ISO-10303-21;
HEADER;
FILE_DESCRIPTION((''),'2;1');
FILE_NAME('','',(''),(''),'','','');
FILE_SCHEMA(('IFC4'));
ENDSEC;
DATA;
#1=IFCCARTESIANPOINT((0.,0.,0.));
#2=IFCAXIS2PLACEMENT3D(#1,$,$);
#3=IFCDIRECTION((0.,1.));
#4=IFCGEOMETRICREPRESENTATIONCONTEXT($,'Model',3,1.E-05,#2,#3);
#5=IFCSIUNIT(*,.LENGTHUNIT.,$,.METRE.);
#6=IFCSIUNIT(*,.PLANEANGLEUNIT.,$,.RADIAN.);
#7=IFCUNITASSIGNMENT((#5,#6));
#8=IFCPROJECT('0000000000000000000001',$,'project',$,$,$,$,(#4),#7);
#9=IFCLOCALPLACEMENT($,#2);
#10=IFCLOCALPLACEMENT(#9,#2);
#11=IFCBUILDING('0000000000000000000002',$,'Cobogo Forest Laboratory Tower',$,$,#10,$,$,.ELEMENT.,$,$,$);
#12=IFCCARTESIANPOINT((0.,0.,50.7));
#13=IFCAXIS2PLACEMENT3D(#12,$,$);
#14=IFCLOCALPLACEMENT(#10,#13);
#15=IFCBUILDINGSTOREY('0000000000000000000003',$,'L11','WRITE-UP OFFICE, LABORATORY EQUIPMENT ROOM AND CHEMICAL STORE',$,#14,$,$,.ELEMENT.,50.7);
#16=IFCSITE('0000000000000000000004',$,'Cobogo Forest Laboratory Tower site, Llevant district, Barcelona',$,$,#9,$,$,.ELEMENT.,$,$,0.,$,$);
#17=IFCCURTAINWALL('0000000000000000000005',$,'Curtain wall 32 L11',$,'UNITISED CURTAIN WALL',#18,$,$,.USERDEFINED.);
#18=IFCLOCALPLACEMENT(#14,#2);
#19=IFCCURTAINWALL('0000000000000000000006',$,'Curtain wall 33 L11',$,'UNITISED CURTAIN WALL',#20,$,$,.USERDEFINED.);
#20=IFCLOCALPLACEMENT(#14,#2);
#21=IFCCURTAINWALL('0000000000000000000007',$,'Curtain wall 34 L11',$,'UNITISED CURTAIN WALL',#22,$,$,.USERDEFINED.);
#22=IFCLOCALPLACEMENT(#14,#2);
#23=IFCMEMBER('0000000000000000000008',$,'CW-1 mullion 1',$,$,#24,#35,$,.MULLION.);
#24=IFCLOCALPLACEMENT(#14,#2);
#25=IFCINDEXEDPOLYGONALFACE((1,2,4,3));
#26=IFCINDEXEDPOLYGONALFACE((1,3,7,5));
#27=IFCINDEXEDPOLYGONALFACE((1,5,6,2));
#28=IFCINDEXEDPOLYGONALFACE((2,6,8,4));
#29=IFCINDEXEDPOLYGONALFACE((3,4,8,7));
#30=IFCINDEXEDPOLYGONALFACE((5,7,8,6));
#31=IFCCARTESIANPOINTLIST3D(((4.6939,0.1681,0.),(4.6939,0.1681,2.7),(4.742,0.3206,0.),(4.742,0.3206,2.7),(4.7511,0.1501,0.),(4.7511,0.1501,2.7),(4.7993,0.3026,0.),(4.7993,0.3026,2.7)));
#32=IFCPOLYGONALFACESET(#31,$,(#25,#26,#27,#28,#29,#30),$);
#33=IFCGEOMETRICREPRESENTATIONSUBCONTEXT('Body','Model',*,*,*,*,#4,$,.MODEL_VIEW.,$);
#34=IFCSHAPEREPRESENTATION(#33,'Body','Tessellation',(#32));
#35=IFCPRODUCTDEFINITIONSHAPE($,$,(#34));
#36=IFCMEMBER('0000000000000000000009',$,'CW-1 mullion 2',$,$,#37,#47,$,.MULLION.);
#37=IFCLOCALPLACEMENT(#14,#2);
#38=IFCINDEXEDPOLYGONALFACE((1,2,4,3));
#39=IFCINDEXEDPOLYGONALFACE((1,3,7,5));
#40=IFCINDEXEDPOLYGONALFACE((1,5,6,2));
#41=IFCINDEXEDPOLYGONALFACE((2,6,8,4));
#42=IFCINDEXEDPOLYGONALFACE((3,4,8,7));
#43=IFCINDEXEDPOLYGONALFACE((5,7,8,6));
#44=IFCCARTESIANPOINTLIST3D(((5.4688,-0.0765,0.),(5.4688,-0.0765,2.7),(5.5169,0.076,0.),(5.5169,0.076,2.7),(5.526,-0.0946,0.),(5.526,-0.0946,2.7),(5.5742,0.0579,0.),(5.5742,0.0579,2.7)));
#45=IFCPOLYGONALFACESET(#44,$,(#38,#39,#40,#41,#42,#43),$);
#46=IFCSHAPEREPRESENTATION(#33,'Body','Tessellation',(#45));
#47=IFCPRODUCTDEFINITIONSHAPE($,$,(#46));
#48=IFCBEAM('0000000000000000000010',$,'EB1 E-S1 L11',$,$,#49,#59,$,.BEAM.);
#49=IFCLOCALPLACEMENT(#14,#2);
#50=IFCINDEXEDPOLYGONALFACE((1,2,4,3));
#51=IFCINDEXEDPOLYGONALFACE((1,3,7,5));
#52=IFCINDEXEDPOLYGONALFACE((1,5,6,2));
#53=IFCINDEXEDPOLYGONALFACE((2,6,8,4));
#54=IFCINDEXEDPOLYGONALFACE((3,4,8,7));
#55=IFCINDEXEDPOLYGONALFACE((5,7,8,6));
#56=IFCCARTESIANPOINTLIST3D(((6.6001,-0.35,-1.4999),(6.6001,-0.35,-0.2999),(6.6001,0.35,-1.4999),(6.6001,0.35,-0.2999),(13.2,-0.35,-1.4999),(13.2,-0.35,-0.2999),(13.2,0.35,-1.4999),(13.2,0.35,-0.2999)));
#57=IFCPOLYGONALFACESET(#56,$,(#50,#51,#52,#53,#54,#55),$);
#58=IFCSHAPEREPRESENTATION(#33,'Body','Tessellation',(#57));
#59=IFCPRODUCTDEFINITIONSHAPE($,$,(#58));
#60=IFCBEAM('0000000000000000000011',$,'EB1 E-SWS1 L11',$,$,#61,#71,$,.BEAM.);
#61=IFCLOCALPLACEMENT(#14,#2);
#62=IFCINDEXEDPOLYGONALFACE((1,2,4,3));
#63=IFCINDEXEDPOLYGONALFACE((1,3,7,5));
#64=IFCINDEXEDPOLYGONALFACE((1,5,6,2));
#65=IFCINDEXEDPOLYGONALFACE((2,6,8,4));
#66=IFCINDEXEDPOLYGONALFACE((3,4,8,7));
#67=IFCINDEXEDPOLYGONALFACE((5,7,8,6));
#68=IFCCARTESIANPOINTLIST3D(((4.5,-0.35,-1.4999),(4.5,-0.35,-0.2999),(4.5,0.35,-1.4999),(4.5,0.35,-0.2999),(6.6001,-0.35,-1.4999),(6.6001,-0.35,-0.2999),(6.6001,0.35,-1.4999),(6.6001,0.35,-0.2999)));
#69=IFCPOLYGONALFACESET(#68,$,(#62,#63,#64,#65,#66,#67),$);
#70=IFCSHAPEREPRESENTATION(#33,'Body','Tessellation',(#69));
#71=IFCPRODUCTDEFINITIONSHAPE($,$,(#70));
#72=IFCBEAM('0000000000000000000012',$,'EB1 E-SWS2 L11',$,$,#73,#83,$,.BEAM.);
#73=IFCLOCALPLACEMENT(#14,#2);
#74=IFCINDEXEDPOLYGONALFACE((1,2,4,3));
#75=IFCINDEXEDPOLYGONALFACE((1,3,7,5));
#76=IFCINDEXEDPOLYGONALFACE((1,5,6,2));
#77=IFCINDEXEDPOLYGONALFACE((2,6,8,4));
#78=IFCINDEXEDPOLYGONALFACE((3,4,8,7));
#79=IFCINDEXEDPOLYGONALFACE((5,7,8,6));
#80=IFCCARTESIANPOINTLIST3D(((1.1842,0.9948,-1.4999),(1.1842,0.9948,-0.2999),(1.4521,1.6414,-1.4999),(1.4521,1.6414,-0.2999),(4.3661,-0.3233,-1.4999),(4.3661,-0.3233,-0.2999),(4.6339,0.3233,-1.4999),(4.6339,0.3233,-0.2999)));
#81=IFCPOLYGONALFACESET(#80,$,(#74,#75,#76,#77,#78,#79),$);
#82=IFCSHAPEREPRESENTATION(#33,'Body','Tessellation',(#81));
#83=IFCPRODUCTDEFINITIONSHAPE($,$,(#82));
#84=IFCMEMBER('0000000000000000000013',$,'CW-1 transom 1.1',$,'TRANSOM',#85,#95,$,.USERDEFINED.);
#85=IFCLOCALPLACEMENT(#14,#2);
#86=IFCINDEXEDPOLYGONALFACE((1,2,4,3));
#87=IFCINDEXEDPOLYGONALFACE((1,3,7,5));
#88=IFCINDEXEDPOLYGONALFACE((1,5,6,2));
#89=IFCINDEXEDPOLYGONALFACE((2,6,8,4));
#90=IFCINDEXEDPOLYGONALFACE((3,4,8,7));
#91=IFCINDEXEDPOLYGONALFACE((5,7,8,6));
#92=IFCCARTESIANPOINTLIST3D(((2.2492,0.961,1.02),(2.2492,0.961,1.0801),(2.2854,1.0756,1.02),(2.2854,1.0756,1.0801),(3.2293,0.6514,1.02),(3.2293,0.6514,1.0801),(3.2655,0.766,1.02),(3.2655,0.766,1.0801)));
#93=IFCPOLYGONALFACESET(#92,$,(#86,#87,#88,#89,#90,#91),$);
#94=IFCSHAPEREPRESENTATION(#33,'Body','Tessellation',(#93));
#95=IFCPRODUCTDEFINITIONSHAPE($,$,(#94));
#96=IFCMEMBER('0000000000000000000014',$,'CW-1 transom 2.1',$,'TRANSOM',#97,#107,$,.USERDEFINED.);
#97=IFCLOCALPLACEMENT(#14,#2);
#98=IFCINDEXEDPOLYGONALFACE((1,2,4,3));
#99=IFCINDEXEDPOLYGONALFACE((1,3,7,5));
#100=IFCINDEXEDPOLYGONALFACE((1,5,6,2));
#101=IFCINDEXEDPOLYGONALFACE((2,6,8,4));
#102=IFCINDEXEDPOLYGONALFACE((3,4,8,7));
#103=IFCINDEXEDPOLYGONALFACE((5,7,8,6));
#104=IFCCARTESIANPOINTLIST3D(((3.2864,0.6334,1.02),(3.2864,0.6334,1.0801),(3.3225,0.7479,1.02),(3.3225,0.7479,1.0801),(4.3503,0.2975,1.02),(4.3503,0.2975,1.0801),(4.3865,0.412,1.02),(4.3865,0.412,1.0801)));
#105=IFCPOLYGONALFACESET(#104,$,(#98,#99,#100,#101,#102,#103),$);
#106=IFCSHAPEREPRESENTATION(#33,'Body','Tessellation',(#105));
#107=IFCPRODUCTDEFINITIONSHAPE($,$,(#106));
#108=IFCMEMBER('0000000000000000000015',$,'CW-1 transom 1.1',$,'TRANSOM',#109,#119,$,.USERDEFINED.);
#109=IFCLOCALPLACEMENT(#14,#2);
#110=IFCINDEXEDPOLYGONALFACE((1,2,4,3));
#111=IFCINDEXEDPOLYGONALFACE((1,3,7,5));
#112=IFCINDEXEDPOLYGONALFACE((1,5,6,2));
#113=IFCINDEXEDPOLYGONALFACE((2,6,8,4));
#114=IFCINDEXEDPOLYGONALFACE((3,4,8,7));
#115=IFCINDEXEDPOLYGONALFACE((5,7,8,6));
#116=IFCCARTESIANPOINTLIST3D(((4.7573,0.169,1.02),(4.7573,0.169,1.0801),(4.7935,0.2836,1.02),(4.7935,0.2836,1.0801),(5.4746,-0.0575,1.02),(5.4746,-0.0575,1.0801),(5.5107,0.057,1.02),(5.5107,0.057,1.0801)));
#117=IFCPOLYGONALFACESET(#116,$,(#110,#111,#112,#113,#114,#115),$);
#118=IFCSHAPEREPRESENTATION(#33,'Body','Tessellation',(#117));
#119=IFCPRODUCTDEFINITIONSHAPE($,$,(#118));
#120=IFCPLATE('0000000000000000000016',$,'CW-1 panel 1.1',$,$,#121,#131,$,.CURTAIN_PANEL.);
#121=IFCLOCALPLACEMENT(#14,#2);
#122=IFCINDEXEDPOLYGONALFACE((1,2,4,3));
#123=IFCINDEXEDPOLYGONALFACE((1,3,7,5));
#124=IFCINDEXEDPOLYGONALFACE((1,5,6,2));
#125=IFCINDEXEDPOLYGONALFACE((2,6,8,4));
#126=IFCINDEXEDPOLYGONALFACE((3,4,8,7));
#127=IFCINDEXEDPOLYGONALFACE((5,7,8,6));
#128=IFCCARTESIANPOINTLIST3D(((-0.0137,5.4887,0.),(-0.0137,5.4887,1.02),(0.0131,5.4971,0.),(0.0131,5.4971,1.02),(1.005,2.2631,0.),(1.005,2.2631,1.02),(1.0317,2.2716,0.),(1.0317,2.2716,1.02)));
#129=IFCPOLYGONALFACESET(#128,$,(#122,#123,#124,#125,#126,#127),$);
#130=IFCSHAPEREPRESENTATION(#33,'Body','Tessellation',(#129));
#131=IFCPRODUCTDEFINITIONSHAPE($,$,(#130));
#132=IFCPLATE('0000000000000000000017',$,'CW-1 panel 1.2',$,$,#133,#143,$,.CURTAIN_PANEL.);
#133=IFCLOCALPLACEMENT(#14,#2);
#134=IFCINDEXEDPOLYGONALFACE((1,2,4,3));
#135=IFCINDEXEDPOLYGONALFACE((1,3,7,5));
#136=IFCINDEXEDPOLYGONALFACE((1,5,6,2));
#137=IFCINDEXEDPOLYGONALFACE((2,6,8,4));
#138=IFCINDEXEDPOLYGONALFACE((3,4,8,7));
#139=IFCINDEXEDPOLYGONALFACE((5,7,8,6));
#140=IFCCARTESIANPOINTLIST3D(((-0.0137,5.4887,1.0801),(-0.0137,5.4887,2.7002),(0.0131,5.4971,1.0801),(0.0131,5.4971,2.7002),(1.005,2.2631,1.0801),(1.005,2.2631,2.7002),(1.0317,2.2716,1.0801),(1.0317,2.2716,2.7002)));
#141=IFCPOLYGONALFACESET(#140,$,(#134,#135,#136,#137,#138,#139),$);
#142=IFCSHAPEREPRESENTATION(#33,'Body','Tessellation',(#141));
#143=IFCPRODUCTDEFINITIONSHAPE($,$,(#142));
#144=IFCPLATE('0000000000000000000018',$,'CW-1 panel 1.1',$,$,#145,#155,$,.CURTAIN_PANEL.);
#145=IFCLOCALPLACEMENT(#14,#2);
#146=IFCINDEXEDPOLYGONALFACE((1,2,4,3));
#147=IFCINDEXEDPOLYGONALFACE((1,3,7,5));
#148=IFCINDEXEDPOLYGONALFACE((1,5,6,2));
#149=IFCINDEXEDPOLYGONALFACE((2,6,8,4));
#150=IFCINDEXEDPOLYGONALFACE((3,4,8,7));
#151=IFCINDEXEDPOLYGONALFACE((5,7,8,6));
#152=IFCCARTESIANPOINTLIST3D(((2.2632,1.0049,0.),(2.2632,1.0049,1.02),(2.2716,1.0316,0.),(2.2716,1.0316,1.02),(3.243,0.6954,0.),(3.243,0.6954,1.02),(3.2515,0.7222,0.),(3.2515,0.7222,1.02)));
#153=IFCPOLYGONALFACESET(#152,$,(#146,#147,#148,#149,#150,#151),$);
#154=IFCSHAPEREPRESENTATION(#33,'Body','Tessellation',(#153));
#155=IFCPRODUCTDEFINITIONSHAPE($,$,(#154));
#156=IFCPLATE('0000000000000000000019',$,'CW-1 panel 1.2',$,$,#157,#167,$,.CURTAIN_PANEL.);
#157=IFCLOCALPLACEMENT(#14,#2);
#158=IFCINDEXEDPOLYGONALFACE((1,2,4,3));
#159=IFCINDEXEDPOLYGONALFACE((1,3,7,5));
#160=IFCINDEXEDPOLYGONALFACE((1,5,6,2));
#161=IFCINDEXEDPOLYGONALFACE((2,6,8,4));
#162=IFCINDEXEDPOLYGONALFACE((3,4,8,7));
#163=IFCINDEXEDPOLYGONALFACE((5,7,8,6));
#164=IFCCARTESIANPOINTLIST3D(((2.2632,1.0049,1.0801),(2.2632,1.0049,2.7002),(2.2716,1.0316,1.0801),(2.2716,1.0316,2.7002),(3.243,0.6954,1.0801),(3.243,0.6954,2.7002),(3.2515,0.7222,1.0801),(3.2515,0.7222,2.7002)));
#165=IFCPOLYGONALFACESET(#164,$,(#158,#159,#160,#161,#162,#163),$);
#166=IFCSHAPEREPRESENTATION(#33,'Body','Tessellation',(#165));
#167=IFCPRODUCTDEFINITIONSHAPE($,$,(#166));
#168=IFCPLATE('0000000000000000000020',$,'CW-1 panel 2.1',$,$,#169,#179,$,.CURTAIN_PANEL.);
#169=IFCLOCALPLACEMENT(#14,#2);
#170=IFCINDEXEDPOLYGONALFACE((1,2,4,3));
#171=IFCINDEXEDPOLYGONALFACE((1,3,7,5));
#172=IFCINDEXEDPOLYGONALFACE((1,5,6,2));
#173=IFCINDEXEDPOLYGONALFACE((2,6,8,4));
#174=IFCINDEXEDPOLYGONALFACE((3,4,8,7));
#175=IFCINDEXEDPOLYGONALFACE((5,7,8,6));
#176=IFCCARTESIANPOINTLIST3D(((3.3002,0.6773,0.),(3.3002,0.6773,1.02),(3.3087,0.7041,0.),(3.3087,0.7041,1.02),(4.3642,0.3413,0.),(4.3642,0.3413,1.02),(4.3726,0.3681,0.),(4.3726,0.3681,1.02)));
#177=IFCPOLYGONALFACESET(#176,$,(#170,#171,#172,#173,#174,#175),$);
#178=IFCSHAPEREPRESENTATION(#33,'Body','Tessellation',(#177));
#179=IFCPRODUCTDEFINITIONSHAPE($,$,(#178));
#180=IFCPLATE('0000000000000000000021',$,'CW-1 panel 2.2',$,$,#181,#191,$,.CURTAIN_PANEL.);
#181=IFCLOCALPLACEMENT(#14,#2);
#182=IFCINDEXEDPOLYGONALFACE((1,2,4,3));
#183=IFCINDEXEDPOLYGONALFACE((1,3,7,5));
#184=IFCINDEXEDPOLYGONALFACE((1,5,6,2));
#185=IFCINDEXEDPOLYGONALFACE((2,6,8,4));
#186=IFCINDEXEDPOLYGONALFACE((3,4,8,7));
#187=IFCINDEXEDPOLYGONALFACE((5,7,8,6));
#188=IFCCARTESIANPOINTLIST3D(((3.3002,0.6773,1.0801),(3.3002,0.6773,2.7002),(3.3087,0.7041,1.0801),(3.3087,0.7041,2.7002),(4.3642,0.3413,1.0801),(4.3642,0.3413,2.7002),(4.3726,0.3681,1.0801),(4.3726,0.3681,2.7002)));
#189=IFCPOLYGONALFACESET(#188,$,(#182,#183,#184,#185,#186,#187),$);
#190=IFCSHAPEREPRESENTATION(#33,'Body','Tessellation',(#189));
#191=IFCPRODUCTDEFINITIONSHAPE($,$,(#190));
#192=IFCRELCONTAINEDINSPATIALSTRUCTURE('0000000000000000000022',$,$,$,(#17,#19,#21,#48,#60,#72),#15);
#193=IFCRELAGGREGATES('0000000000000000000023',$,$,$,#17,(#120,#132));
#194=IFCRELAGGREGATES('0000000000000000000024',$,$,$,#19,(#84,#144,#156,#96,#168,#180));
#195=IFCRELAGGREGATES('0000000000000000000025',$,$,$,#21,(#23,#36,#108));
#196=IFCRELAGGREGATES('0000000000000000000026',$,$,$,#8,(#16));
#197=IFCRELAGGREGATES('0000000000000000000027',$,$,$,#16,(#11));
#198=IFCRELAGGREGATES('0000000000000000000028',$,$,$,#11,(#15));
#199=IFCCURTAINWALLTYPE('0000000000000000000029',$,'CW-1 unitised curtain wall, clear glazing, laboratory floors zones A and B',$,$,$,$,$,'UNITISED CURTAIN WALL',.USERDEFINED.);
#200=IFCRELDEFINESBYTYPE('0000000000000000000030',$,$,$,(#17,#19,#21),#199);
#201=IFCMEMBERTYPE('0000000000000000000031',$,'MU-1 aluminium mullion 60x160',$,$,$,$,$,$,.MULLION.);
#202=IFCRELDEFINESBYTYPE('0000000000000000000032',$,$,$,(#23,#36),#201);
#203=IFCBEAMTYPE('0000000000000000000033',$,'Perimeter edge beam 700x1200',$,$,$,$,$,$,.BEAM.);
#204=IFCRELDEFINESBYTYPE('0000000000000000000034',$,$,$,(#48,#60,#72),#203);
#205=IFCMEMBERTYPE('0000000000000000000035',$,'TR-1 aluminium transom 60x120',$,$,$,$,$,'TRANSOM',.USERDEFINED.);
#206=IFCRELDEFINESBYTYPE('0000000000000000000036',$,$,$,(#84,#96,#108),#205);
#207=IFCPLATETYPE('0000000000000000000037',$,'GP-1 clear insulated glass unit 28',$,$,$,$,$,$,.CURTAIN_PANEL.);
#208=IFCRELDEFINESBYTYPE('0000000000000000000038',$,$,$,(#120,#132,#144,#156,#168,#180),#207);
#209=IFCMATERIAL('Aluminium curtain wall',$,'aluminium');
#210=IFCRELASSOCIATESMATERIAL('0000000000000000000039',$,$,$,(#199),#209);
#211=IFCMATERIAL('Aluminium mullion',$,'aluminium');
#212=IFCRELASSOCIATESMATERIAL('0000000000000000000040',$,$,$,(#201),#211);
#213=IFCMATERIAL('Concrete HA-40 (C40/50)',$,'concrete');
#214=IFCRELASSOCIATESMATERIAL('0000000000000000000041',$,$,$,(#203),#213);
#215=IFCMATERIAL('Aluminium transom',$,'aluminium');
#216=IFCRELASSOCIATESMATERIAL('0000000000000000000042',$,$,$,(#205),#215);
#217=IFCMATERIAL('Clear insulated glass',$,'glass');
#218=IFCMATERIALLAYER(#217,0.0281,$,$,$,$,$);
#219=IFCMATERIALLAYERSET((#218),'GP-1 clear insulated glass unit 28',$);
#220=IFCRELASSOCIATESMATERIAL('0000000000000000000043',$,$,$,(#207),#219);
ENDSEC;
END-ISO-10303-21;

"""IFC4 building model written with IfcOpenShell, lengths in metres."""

from ifc_helpers import new_model, si_unit, direction, frame, origin, origin_2d, place, context, subcontext, project, spatial, rectangle, extrude, material, layer, layer_set, material_profile, profile_set, type_object, element, aggregate, save


model = new_model("IFC4")

# Units and contexts
model_context = context("Model", 3, precision=1e-05, world=origin(), true_north=direction((0.0, 1.0)))
body_context = subcontext(model_context, "Body", "Model", "MODEL_VIEW")
ifc_project = project(units=[si_unit("LENGTHUNIT", "METRE"), si_unit("PLANEANGLEUNIT", "RADIAN")], contexts=[model_context])

# Site, building, storey
site_placement = place(None, origin())
site = spatial("IfcSite", under=ifc_project, at=site_placement, Name="Cobogo Forest Laboratory Tower site, Llevant district, Barcelona", CompositionType="ELEMENT", RefElevation=0.0)
building_placement = place(site_placement, origin())
building = spatial("IfcBuilding", under=site, at=building_placement, Name="Cobogo Forest Laboratory Tower", CompositionType="ELEMENT")
storey_placement = place(building_placement, frame((0.0, 0.0, 50.7)))
storey = spatial("IfcBuildingStorey", under=building, at=storey_placement, Name="L11", Description="WRITE-UP OFFICE, LABORATORY EQUIPMENT ROOM AND CHEMICAL STORE", CompositionType="ELEMENT", Elevation=50.7)

# Shared definitions
ifc_material_1 = material(Name="Concrete HA-40 (C40/50)", Category="concrete")

# Curtain wall
ifc_material_2 = material(Name="Aluminium curtain wall", Category="aluminium")
curtain_wall_type = type_object("IfcCurtainWallType", Name="CW-1 unitised curtain wall, clear glazing, laboratory floors zones A and B", ElementType="UNITISED CURTAIN WALL", PredefinedType="USERDEFINED", material=ifc_material_2)
curtain_wall_1_placement = place(storey_placement, origin())
curtain_wall_1 = element("IfcCurtainWall", 1, at=curtain_wall_1_placement, inside=storey, type_object=curtain_wall_type, Name="Curtain wall 32 L11", ObjectType="UNITISED CURTAIN WALL", PredefinedType="USERDEFINED")
ifc_material_3 = material(Name="Aluminium mullion", Category="aluminium")
ifc_material_profile_1 = material_profile(ifc_material_3, rectangle(XDim=0.0601, YDim=0.1599, at=origin_2d()), Name="AL 60x160")
ifc_profile_set_1 = profile_set([ifc_material_profile_1], Name="Aluminium mullion")
member_type_1 = type_object("IfcMemberType", Name="MU-1 aluminium mullion 60x160", PredefinedType="MULLION", material=ifc_profile_set_1)

# Curtain walls, members
curtain_wall_2_placement = place(storey_placement, origin())
curtain_wall_2 = element("IfcCurtainWall", 2, at=curtain_wall_2_placement, inside=storey, type_object=curtain_wall_type, Name="Curtain wall 33 L11", ObjectType="UNITISED CURTAIN WALL", PredefinedType="USERDEFINED")
curtain_wall_3_placement = place(storey_placement, origin())
curtain_wall_3 = element("IfcCurtainWall", 3, at=curtain_wall_3_placement, inside=storey, type_object=curtain_wall_type, Name="Curtain wall 34 L11", ObjectType="UNITISED CURTAIN WALL", PredefinedType="USERDEFINED")
member_1_placement = place(storey_placement, frame((4.7466, 0.2354, 0.0), z_axis=(0.0, 0.0, 1.0), x_axis=(0.953582, -0.301135, 0.0)))
member_1 = element("IfcMember", 4, at=member_1_placement, type_object=member_type_1, Name="CW-1 mullion 1", PredefinedType="MULLION", context=body_context, shape_type="SweptSolid", body=[
    extrude(rectangle(XDim=0.0601, YDim=0.1599, at=origin_2d()), origin(), (0.0, 0.0, 1.0), 2.7),
])
member_2_placement = place(storey_placement, frame((5.5215, -0.0093, 0.0), z_axis=(0.0, 0.0, 1.0), x_axis=(0.953582, -0.301135, 0.0)))
member_2 = element("IfcMember", 5, at=member_2_placement, type_object=member_type_1, Name="CW-1 mullion 2", PredefinedType="MULLION", context=body_context, shape_type="SweptSolid", body=[
    extrude(rectangle(XDim=0.0601, YDim=0.1599, at=origin_2d()), origin(), (0.0, 0.0, 1.0), 2.7),
])

# Beams
ifc_material_profile_2 = material_profile(ifc_material_1, rectangle(XDim=0.7, YDim=1.2, at=origin_2d()), Name="RC 700x1200")
ifc_profile_set_2 = profile_set([ifc_material_profile_2], Name="Concrete HA-40 (C40/50)")
beam_type_1 = type_object("IfcBeamType", Name="Perimeter edge beam 700x1200", PredefinedType="BEAM", material=ifc_profile_set_2)
beam_1_placement = place(storey_placement, frame((6.6001, 0.0, -0.8999), z_axis=(1.0, 0.0, 0.0), x_axis=(0.0, 1.0, 0.0)))
element("IfcBeam", 6, at=beam_1_placement, inside=storey, type_object=beam_type_1, Name="EB1 E-S1 L11", PredefinedType="BEAM", context=body_context, shape_type="SweptSolid", body=[
    extrude(rectangle(XDim=0.7, YDim=1.2, at=origin_2d()), origin(), (0.0, 0.0, 1.0), 6.5999),
])
beam_2_placement = place(storey_placement, frame((6.6001, 0.0, -0.8999), z_axis=(-1.0, 0.0, 0.0), x_axis=(0.0, -1.0, 0.0)))
element("IfcBeam", 7, at=beam_2_placement, inside=storey, type_object=beam_type_1, Name="EB1 E-SWS1 L11", PredefinedType="BEAM", context=body_context, shape_type="SweptSolid", body=[
    extrude(rectangle(XDim=0.7, YDim=1.2, at=origin_2d()), origin(), (0.0, 0.0, 1.0), 2.1001),
])
beam_3_placement = place(storey_placement, frame((4.5, 0.0, -0.8999), z_axis=(-0.923866, 0.382717, 0.0), x_axis=(-0.382717, -0.923866, 0.0)))
element("IfcBeam", 8, at=beam_3_placement, inside=storey, type_object=beam_type_1, Name="EB1 E-SWS2 L11", PredefinedType="BEAM", context=body_context, shape_type="SweptSolid", body=[
    extrude(rectangle(XDim=0.7, YDim=1.2, at=origin_2d()), origin(), (0.0, 0.0, 1.0), 3.4441),
])

# Members
ifc_material_4 = material(Name="Aluminium transom", Category="aluminium")
ifc_material_profile_3 = material_profile(ifc_material_4, rectangle(XDim=0.1201, YDim=0.0601, at=origin_2d()), Name="AL 60x120")
ifc_profile_set_3 = profile_set([ifc_material_profile_3], Name="Aluminium transom")
member_type_2 = type_object("IfcMemberType", Name="TR-1 aluminium transom 60x120", ElementType="TRANSOM", PredefinedType="USERDEFINED", material=ifc_profile_set_3)
member_3_placement = place(storey_placement, frame((2.2673, 1.0183, 1.05), z_axis=(0.953554, -0.301222, 0.0), x_axis=(0.301222, 0.953554, 0.0)))
member_3 = element("IfcMember", 9, at=member_3_placement, type_object=member_type_2, Name="CW-1 transom 1.1", ObjectType="TRANSOM", PredefinedType="USERDEFINED", context=body_context, shape_type="SweptSolid", body=[
    extrude(rectangle(XDim=0.1201, YDim=0.0601, at=origin_2d()), origin(), (0.0, 0.0, 1.0), 1.0278),
])
member_4_placement = place(storey_placement, frame((3.3044, 0.6907, 1.05), z_axis=(0.953596, -0.301089, 0.0), x_axis=(0.301089, 0.953596, 0.0)))
member_4 = element("IfcMember", 10, at=member_4_placement, type_object=member_type_2, Name="CW-1 transom 2.1", ObjectType="TRANSOM", PredefinedType="USERDEFINED", context=body_context, shape_type="SweptSolid", body=[
    extrude(rectangle(XDim=0.1201, YDim=0.0601, at=origin_2d()), origin(), (0.0, 0.0, 1.0), 1.1157),
])
member_5_placement = place(storey_placement, frame((4.7754, 0.2263, 1.05), z_axis=(0.953563, -0.301194, 0.0), x_axis=(0.301194, 0.953563, 0.0)))
member_5 = element("IfcMember", 11, at=member_5_placement, type_object=member_type_2, Name="CW-1 transom 1.1", ObjectType="TRANSOM", PredefinedType="USERDEFINED", context=body_context, shape_type="SweptSolid", body=[
    extrude(rectangle(XDim=0.1201, YDim=0.0601, at=origin_2d()), origin(), (0.0, 0.0, 1.0), 0.7522),
])

# Plates
ifc_material_5 = material(Name="Clear insulated glass", Category="glass")
ifc_layer_1 = layer(ifc_material_5, 0.0281)
ifc_layer_set_1 = layer_set([ifc_layer_1], Name="GP-1 clear insulated glass unit 28")
plate_type = type_object("IfcPlateType", Name="GP-1 clear insulated glass unit 28", PredefinedType="CURTAIN_PANEL", material=ifc_layer_set_1)
plate_1_placement = place(storey_placement, frame((0.509, 3.8801, 0.0), z_axis=(0.0, 0.0, 1.0), x_axis=(0.301135, -0.953581, 0.0)))
plate_1 = element("IfcPlate", 12, at=plate_1_placement, type_object=plate_type, Name="CW-1 panel 1.1", PredefinedType="CURTAIN_PANEL", context=body_context, shape_type="SweptSolid", body=[
    extrude(rectangle(XDim=3.3826, YDim=0.0281, at=origin_2d()), origin(), (0.0, 0.0, 1.0), 1.02),
])
plate_2_placement = place(storey_placement, frame((0.509, 3.8801, 1.0801), z_axis=(0.0, 0.0, 1.0), x_axis=(0.301135, -0.953581, 0.0)))
plate_2 = element("IfcPlate", 13, at=plate_2_placement, type_object=plate_type, Name="CW-1 panel 1.2", PredefinedType="CURTAIN_PANEL", context=body_context, shape_type="SweptSolid", body=[
    extrude(rectangle(XDim=3.3826, YDim=0.0281, at=origin_2d()), origin(), (0.0, 0.0, 1.0), 1.6201),
])
aggregate(curtain_wall_1, [plate_1, plate_2])
plate_3_placement = place(storey_placement, frame((2.7573, 0.8635, 0.0), z_axis=(0.0, 0.0, 1.0), x_axis=(0.953581, -0.301135, 0.0)))
plate_3 = element("IfcPlate", 14, at=plate_3_placement, type_object=plate_type, Name="CW-1 panel 1.1", PredefinedType="CURTAIN_PANEL", context=body_context, shape_type="SweptSolid", body=[
    extrude(rectangle(XDim=1.0276, YDim=0.0281, at=origin_2d()), origin(), (0.0, 0.0, 1.0), 1.02),
])
plate_4_placement = place(storey_placement, frame((2.7573, 0.8635, 1.0801), z_axis=(0.0, 0.0, 1.0), x_axis=(0.953581, -0.301135, 0.0)))
plate_4 = element("IfcPlate", 15, at=plate_4_placement, type_object=plate_type, Name="CW-1 panel 1.2", PredefinedType="CURTAIN_PANEL", context=body_context, shape_type="SweptSolid", body=[
    extrude(rectangle(XDim=1.0276, YDim=0.0281, at=origin_2d()), origin(), (0.0, 0.0, 1.0), 1.6201),
])
plate_5_placement = place(storey_placement, frame((3.8364, 0.5227, 0.0), z_axis=(0.0, 0.0, 1.0), x_axis=(0.953581, -0.301135, 0.0)))
plate_5 = element("IfcPlate", 16, at=plate_5_placement, type_object=plate_type, Name="CW-1 panel 2.1", PredefinedType="CURTAIN_PANEL", context=body_context, shape_type="SweptSolid", body=[
    extrude(rectangle(XDim=1.1157, YDim=0.0281, at=origin_2d()), origin(), (0.0, 0.0, 1.0), 1.02),
])
plate_6_placement = place(storey_placement, frame((3.8364, 0.5227, 1.0801), z_axis=(0.0, 0.0, 1.0), x_axis=(0.953581, -0.301135, 0.0)))
plate_6 = element("IfcPlate", 17, at=plate_6_placement, type_object=plate_type, Name="CW-1 panel 2.2", PredefinedType="CURTAIN_PANEL", context=body_context, shape_type="SweptSolid", body=[
    extrude(rectangle(XDim=1.1157, YDim=0.0281, at=origin_2d()), origin(), (0.0, 0.0, 1.0), 1.6201),
])
aggregate(curtain_wall_2, [member_3, plate_3, plate_4, member_4, plate_5, plate_6])
aggregate(curtain_wall_3, [member_1, member_2, member_5])

save(model, "model.ifc")
